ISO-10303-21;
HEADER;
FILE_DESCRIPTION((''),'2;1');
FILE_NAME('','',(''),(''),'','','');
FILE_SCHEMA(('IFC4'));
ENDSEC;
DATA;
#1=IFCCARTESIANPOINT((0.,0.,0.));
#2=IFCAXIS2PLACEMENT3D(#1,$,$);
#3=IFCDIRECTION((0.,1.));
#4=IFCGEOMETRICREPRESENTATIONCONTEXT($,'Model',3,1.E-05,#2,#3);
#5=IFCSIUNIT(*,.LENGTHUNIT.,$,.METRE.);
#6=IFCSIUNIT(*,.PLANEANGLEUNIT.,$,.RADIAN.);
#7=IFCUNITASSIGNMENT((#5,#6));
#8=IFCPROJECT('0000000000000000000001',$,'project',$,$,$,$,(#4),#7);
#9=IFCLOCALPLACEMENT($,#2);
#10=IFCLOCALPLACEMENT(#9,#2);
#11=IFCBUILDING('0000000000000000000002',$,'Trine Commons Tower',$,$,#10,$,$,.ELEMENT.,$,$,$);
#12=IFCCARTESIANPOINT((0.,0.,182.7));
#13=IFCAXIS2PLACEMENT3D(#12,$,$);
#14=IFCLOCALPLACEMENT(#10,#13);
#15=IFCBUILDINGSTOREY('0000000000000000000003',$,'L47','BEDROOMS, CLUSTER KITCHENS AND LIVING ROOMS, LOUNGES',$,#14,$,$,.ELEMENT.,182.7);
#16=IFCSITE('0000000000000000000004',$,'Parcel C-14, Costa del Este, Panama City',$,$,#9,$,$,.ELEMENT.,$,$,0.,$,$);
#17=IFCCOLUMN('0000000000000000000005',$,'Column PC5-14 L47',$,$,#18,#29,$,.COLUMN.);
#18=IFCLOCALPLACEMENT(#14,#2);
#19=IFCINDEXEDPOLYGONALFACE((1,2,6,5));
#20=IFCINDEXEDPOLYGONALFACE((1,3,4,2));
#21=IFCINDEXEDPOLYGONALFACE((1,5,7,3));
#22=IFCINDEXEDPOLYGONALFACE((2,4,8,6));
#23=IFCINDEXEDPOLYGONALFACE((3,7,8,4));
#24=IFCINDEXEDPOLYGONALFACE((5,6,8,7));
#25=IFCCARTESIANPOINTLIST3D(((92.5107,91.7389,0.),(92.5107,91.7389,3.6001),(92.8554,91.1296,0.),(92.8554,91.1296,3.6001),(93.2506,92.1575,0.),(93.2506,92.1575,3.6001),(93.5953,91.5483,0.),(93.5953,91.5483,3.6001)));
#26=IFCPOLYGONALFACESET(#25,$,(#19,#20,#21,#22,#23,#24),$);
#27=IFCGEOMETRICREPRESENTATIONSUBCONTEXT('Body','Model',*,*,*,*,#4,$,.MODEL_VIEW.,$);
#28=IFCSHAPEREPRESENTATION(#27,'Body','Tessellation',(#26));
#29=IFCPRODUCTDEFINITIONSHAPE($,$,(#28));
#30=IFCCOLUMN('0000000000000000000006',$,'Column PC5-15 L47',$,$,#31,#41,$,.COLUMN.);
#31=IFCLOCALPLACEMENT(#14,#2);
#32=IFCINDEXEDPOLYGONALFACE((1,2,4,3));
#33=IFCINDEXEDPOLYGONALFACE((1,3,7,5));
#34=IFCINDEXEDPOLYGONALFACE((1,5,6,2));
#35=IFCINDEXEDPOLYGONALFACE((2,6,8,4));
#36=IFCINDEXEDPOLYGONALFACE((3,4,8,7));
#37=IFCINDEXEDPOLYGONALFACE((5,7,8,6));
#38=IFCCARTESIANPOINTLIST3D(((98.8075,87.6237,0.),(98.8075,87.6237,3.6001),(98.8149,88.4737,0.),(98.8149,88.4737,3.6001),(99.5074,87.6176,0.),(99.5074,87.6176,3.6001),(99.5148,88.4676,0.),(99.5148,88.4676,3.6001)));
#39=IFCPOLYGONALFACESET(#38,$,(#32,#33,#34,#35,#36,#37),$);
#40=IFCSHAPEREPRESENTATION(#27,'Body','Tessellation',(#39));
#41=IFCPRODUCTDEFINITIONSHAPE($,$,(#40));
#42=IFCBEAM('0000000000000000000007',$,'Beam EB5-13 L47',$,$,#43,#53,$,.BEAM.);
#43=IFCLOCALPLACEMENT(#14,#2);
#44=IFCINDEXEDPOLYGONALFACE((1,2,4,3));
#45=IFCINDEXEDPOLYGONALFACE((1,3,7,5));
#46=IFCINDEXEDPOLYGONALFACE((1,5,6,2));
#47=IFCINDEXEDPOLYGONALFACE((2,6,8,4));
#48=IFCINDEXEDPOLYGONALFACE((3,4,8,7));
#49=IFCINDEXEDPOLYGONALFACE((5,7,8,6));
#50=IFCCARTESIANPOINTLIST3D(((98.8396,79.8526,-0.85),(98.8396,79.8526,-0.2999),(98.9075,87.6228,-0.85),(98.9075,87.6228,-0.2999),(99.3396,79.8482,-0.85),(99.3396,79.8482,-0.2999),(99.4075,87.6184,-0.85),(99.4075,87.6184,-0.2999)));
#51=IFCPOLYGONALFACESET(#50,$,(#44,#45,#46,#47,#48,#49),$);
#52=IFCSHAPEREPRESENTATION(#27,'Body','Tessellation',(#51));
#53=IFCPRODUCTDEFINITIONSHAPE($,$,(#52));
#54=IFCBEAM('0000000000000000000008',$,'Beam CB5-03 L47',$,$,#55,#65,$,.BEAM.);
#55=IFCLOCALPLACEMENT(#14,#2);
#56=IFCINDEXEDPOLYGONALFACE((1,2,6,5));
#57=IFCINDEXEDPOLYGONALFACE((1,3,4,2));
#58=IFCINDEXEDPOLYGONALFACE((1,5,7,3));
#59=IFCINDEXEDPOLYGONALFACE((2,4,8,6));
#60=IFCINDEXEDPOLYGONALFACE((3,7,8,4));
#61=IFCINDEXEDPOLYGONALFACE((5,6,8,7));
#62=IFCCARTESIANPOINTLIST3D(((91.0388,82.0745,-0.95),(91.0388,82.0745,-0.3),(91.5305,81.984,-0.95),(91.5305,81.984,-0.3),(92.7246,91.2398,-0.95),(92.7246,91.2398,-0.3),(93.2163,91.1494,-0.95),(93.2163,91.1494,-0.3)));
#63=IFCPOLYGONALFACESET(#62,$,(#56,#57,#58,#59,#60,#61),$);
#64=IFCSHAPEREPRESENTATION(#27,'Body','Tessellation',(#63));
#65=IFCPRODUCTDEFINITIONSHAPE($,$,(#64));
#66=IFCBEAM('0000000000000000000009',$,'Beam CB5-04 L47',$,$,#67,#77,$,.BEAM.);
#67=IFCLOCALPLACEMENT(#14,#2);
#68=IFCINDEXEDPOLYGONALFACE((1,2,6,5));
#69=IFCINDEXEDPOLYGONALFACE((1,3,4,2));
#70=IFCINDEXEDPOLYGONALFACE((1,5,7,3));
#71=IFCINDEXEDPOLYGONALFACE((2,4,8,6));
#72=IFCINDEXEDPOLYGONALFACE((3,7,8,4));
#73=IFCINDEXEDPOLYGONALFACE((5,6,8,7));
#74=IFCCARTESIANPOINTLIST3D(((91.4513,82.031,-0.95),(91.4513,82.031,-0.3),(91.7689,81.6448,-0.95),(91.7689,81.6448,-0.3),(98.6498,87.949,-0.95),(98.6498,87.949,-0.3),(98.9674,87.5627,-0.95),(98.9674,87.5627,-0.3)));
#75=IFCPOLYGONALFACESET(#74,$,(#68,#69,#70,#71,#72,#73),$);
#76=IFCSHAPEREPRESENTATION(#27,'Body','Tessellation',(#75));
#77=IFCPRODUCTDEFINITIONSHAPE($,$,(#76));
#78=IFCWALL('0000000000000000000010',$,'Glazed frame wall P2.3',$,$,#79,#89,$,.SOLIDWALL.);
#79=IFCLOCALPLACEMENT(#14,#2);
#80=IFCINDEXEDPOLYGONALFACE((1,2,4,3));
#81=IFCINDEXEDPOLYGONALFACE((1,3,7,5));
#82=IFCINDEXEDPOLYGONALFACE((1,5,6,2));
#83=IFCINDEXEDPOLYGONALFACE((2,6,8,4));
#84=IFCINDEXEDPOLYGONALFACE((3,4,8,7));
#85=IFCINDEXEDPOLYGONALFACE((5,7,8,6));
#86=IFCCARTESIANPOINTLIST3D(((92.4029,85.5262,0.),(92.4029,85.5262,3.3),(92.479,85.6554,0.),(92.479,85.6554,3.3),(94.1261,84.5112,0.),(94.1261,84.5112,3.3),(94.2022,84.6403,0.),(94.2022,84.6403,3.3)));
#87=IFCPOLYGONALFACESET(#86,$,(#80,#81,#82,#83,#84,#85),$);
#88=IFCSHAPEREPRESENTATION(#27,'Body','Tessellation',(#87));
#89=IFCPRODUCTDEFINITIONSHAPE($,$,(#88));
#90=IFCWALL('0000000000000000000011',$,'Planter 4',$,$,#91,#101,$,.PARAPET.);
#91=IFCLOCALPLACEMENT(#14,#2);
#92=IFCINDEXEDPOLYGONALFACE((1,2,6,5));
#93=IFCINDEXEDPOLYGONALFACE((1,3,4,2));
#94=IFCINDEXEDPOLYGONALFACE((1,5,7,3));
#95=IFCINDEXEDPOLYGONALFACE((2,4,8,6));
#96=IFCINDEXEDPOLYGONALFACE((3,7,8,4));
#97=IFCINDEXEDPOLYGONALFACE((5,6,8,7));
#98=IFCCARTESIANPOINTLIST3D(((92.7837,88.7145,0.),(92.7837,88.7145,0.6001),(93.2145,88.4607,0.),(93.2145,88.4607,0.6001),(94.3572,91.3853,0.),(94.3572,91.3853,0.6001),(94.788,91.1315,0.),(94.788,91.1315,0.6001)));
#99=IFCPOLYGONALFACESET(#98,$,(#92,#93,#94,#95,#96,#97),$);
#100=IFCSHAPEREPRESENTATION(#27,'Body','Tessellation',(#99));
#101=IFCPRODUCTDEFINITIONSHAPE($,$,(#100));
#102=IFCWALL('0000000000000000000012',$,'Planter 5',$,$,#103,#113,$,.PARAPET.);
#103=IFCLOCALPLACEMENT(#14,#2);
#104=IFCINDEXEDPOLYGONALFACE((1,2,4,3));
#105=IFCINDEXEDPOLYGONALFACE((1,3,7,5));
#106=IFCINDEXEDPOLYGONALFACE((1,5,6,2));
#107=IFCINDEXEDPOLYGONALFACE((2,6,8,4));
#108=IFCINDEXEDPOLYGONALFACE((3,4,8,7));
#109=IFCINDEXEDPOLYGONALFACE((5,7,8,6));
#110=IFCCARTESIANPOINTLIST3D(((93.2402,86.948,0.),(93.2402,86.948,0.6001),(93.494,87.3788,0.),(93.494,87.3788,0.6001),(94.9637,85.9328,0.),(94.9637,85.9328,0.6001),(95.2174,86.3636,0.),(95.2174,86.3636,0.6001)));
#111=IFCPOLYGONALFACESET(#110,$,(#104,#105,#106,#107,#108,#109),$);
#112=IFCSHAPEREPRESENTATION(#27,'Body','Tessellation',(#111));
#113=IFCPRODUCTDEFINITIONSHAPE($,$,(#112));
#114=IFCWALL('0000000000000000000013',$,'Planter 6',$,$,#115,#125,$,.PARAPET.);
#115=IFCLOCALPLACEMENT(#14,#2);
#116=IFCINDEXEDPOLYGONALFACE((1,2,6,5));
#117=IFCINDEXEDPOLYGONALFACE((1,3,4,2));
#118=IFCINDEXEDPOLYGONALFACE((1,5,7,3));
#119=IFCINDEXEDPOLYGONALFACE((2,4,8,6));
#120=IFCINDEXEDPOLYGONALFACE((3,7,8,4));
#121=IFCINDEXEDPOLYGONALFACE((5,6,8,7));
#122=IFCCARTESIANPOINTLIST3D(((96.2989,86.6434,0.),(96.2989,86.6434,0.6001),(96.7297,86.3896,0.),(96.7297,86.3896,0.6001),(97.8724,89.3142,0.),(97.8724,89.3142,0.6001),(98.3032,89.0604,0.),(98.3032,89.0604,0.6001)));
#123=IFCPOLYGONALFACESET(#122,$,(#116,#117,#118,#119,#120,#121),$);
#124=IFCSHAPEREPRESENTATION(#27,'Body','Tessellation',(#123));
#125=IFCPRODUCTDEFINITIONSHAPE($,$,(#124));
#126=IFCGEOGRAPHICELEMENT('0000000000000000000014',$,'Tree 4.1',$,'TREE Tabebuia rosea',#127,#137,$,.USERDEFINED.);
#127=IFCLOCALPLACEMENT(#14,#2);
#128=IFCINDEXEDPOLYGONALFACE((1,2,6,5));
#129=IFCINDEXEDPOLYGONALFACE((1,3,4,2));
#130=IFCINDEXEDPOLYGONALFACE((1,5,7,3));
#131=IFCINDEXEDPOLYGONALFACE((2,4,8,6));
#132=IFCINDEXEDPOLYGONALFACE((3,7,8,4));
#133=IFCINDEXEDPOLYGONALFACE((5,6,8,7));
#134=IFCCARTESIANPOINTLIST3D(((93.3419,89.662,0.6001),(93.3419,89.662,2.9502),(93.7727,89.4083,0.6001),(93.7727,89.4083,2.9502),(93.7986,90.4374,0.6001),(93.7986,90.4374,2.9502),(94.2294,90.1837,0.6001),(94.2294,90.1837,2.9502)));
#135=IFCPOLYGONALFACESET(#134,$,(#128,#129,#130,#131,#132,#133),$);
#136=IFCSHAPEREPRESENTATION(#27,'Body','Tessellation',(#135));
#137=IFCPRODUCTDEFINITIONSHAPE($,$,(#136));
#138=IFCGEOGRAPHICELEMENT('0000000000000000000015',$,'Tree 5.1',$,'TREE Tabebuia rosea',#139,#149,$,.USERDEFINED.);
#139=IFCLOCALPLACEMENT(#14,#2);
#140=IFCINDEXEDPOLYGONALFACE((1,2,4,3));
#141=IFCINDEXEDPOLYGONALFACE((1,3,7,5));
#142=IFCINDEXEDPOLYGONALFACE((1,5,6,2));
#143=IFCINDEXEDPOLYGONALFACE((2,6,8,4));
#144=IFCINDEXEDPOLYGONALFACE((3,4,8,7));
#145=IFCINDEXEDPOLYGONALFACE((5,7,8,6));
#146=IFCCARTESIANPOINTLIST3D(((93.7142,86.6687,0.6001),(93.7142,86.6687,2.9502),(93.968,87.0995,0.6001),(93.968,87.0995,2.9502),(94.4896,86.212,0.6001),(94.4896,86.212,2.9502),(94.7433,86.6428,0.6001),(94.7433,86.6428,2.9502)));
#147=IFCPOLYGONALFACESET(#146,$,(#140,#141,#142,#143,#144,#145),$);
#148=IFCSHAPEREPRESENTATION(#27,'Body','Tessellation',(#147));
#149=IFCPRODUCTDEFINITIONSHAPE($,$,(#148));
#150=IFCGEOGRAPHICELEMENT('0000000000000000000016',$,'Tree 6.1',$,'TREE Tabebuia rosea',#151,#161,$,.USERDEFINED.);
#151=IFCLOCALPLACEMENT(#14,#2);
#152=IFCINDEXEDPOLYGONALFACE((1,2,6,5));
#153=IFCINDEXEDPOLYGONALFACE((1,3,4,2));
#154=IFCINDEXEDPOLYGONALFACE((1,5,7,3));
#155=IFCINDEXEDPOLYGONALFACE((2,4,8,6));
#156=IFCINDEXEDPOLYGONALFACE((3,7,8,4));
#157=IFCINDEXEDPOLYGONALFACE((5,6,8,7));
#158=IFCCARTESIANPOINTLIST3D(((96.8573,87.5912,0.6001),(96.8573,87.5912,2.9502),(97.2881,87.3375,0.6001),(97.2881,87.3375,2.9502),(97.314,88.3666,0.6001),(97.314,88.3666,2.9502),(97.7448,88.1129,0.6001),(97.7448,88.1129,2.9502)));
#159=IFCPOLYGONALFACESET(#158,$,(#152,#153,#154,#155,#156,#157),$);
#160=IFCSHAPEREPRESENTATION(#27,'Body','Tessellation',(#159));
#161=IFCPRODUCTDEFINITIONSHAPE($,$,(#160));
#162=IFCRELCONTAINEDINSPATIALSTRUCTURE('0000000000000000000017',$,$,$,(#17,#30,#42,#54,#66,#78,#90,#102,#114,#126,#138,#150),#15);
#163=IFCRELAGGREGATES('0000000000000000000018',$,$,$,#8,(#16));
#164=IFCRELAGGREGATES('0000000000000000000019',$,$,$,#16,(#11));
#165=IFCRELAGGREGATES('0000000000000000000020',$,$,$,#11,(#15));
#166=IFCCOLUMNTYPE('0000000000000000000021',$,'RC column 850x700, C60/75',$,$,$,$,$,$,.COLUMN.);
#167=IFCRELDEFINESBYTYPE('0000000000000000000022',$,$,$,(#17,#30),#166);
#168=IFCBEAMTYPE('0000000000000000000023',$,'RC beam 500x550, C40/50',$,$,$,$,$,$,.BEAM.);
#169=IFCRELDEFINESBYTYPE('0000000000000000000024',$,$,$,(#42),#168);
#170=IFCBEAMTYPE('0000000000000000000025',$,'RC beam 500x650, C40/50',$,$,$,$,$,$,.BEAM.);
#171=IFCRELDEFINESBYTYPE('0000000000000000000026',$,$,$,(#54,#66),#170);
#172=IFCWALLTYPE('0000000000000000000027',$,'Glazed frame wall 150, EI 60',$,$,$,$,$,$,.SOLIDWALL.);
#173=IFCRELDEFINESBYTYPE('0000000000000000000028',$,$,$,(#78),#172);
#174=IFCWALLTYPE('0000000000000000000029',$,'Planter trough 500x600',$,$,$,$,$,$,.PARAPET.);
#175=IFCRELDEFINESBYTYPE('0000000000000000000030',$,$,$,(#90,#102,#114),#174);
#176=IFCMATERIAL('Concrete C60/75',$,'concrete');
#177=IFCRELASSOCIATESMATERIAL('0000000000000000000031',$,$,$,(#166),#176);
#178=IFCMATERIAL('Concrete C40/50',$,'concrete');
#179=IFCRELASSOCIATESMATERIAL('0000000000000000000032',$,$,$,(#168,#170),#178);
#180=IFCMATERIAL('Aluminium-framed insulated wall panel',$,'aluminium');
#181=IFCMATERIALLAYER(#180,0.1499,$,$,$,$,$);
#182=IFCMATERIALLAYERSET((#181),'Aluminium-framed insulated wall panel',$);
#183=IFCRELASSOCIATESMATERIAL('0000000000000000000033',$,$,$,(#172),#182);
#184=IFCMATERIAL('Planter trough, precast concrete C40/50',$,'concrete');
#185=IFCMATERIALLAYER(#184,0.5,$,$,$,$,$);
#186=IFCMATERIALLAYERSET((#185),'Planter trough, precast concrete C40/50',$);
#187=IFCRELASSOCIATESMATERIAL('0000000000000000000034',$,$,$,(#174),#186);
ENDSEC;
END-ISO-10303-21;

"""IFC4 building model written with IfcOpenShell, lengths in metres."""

from ifc_helpers import new_model, si_unit, direction, frame, frame_2d, origin, origin_2d, place, context, subcontext, project, spatial, polyline, rectangle, outline, extrude, material, layer, layer_set, material_profile, profile_set, type_object, element, save


model = new_model("IFC4")

# Units and contexts
model_context = context("Model", 3, precision=1e-05, world=origin(), true_north=direction((0.0, 1.0)))
body_context = subcontext(model_context, "Body", "Model", "MODEL_VIEW")
ifc_project = project(units=[si_unit("LENGTHUNIT", "METRE"), si_unit("PLANEANGLEUNIT", "RADIAN")], contexts=[model_context])

# Site, building, storey
site_placement = place(None, origin())
site = spatial("IfcSite", under=ifc_project, at=site_placement, Name="Parcel C-14, Costa del Este, Panama City", CompositionType="ELEMENT", RefElevation=0.0)
building_placement = place(site_placement, origin())
building = spatial("IfcBuilding", under=site, at=building_placement, Name="Trine Commons Tower", CompositionType="ELEMENT")
storey_placement = place(building_placement, frame((0.0, 0.0, 182.7)))
storey = spatial("IfcBuildingStorey", under=building, at=storey_placement, Name="L47", Description="BEDROOMS, CLUSTER KITCHENS AND LIVING ROOMS, LOUNGES", CompositionType="ELEMENT", Elevation=182.7)

# Columns
ifc_material_1 = material(Name="Concrete C60/75", Category="concrete")
ifc_material_profile_1 = material_profile(ifc_material_1, rectangle(XDim=0.8501, YDim=0.7, at=origin_2d()), Name="RC 850x700")
ifc_profile_set_1 = profile_set([ifc_material_profile_1], Name="Concrete C60/75")
column_type = type_object("IfcColumnType", Name="RC column 850x700, C60/75", PredefinedType="COLUMN", material=ifc_profile_set_1)
for number, where, z_axis, x_axis, name in (
    (1, (93.053, 91.6436, 0.0), (0.0, 0.0, 1.0), (0.870356, 0.492424, 0.0), "Column PC5-14 L47"),
    (2, (99.1611, 88.0457, 0.0), (0.0, 0.0, 1.0), (0.008727, 0.999962, 0.0), "Column PC5-15 L47"),
):
    element("IfcColumn", number, at=place(storey_placement, frame(where, z_axis=z_axis, x_axis=x_axis)), inside=storey, type_object=column_type, Name=name, PredefinedType="COLUMN", context=body_context, shape_type="SweptSolid", body=[
        extrude(rectangle(XDim=0.8501, YDim=0.7, at=origin_2d()), origin(), (0.0, 0.0, 1.0), 3.6001),
    ])

# Beams
ifc_material_2 = material(Name="Concrete C40/50", Category="concrete")
ifc_material_profile_2 = material_profile(ifc_material_2, rectangle(XDim=0.5, YDim=0.55, at=origin_2d()), Name="RC 500x550")
ifc_profile_set_2 = profile_set([ifc_material_profile_2], Name="Concrete C40/50")
beam_type_1 = type_object("IfcBeamType", Name="RC beam 500x550, C40/50", PredefinedType="BEAM", material=ifc_profile_set_2)
beam_1_placement = place(storey_placement, frame((99.1575, 87.6206, -0.575), z_axis=(-0.008734, -0.999962, 0.0), x_axis=(0.999962, -0.008734, 0.0)))
element("IfcBeam", 3, at=beam_1_placement, inside=storey, type_object=beam_type_1, Name="Beam EB5-13 L47", PredefinedType="BEAM", context=body_context, shape_type="SweptSolid", body=[
    extrude(rectangle(XDim=0.5, YDim=0.55, at=origin_2d()), origin(), (0.0, 0.0, 1.0), 7.7705),
])
ifc_material_profile_3 = material_profile(ifc_material_2, rectangle(XDim=0.5, YDim=0.6499, at=origin_2d()), Name="RC 500x650")
ifc_profile_set_3 = profile_set([ifc_material_profile_3], Name="Concrete C40/50")
beam_type_2 = type_object("IfcBeamType", Name="RC beam 500x650, C40/50", PredefinedType="BEAM", material=ifc_profile_set_3)
beam_2_placement = place(storey_placement, frame((92.9705, 91.1946, -0.625), z_axis=(-0.180898, -0.983502, 0.0), x_axis=(0.983502, -0.180898, 0.0)))
element("IfcBeam", 4, at=beam_2_placement, inside=storey, type_object=beam_type_2, Name="Beam CB5-03 L47", PredefinedType="BEAM", context=body_context, shape_type="SweptSolid", body=[
    extrude(rectangle(XDim=0.5, YDim=0.6499, at=origin_2d()), origin(), (0.0, 0.0, 1.0), 9.3191),
])
beam_3_placement = place(storey_placement, frame((98.8086, 87.7559, -0.625), z_axis=(-0.772467, -0.635055, 0.0), x_axis=(0.635055, -0.772467, 0.0)))
element("IfcBeam", 5, at=beam_3_placement, inside=storey, type_object=beam_type_2, Name="Beam CB5-04 L47", PredefinedType="BEAM", context=body_context, shape_type="SweptSolid", body=[
    extrude(rectangle(XDim=0.5, YDim=0.6499, at=origin_2d()), origin(), (0.0, 0.0, 1.0), 9.3188),
])

# Walls
ifc_material_3 = material(Name="Aluminium-framed insulated wall panel", Category="aluminium")
ifc_layer_1 = layer(ifc_material_3, 0.1499)
ifc_layer_set_1 = layer_set([ifc_layer_1], Name="Aluminium-framed insulated wall panel")
wall_type_1 = type_object("IfcWallType", Name="Glazed frame wall 150, EI 60", PredefinedType="SOLIDWALL", material=ifc_layer_set_1)
wall_1_placement = place(storey_placement, frame((92.4409, 85.5908, 0.0), z_axis=(0.0, 0.0, 1.0), x_axis=(0.861633, -0.507532, 0.0)))
element("IfcWall", 6, at=wall_1_placement, inside=storey, type_object=wall_type_1, Name="Glazed frame wall P2.3", PredefinedType="SOLIDWALL", context=body_context, shape_type="SweptSolid", body=[
    extrude(outline(polyline([(0.0, -0.075), (2.0, -0.075), (2.0, 0.075), (0.0, 0.075), (0.0, -0.075)])), origin(), (0.0, 0.0, 1.0), 3.3),
])
ifc_material_4 = material(Name="Planter trough, precast concrete C40/50", Category="concrete")
ifc_layer_2 = layer(ifc_material_4, 0.5)
ifc_layer_set_2 = layer_set([ifc_layer_2], Name="Planter trough, precast concrete C40/50")
wall_type_2 = type_object("IfcWallType", Name="Planter trough 500x600", PredefinedType="PARAPET", material=ifc_layer_set_2)
wall_2_placement = place(storey_placement, frame((94.5725, 91.2583, 0.0), z_axis=(0.0, 0.0, 1.0), x_axis=(-0.507588, -0.8616, 0.0)))
element("IfcWall", 7, at=wall_2_placement, inside=storey, type_object=wall_type_2, Name="Planter 4", PredefinedType="PARAPET", context=body_context, shape_type="SweptSolid", body=[
    extrude(rectangle(XDim=3.0999, YDim=0.5, at=frame_2d((1.5498, 0.0))), origin(), (0.0, 0.0, 1.0), 0.6001),
])
wall_3_placement = place(storey_placement, frame((93.3672, 87.1633, 0.0), z_axis=(0.0, 0.0, 1.0), x_axis=(0.861633, -0.507532, 0.0)))
element("IfcWall", 8, at=wall_3_placement, inside=storey, type_object=wall_type_2, Name="Planter 5", PredefinedType="PARAPET", context=body_context, shape_type="SweptSolid", body=[
    extrude(rectangle(XDim=2.0002, YDim=0.5, at=frame_2d((1.0, 0.0))), origin(), (0.0, 0.0, 1.0), 0.6001),
])
wall_4_placement = place(storey_placement, frame((96.5144, 86.5166, 0.0), z_axis=(0.0, 0.0, 1.0), x_axis=(0.507588, 0.8616, 0.0)))
element("IfcWall", 9, at=wall_4_placement, inside=storey, type_object=wall_type_2, Name="Planter 6", PredefinedType="PARAPET", context=body_context, shape_type="SweptSolid", body=[
    extrude(rectangle(XDim=3.0999, YDim=0.5, at=frame_2d((1.5498, 0.0))), origin(), (0.0, 0.0, 1.0), 0.6001),
])

# Geographic elements
for number, where, z_axis, x_axis, name in (
    (10, (93.7856, 89.9229, 0.6001), (0.0, 0.0, 1.0), (-0.50754, -0.861628, 0.0), "Tree 4.1"),
    (11, (94.2288, 86.6558, 0.6001), (0.0, 0.0, 1.0), (0.861628, -0.50754, 0.0), "Tree 5.1"),
    (12, (97.301, 87.8521, 0.6001), (0.0, 0.0, 1.0), (0.50754, 0.861628, 0.0), "Tree 6.1"),
):
    element("IfcGeographicElement", number, at=place(storey_placement, frame(where, z_axis=z_axis, x_axis=x_axis)), inside=storey, Name=name, ObjectType="TREE Tabebuia rosea", PredefinedType="USERDEFINED", context=body_context, shape_type="SweptSolid", body=[
        extrude(rectangle(XDim=0.8999, YDim=0.5, at=origin_2d()), origin(), (0.0, 0.0, 1.0), 2.3501),
    ])

save(model, "model.ifc")
